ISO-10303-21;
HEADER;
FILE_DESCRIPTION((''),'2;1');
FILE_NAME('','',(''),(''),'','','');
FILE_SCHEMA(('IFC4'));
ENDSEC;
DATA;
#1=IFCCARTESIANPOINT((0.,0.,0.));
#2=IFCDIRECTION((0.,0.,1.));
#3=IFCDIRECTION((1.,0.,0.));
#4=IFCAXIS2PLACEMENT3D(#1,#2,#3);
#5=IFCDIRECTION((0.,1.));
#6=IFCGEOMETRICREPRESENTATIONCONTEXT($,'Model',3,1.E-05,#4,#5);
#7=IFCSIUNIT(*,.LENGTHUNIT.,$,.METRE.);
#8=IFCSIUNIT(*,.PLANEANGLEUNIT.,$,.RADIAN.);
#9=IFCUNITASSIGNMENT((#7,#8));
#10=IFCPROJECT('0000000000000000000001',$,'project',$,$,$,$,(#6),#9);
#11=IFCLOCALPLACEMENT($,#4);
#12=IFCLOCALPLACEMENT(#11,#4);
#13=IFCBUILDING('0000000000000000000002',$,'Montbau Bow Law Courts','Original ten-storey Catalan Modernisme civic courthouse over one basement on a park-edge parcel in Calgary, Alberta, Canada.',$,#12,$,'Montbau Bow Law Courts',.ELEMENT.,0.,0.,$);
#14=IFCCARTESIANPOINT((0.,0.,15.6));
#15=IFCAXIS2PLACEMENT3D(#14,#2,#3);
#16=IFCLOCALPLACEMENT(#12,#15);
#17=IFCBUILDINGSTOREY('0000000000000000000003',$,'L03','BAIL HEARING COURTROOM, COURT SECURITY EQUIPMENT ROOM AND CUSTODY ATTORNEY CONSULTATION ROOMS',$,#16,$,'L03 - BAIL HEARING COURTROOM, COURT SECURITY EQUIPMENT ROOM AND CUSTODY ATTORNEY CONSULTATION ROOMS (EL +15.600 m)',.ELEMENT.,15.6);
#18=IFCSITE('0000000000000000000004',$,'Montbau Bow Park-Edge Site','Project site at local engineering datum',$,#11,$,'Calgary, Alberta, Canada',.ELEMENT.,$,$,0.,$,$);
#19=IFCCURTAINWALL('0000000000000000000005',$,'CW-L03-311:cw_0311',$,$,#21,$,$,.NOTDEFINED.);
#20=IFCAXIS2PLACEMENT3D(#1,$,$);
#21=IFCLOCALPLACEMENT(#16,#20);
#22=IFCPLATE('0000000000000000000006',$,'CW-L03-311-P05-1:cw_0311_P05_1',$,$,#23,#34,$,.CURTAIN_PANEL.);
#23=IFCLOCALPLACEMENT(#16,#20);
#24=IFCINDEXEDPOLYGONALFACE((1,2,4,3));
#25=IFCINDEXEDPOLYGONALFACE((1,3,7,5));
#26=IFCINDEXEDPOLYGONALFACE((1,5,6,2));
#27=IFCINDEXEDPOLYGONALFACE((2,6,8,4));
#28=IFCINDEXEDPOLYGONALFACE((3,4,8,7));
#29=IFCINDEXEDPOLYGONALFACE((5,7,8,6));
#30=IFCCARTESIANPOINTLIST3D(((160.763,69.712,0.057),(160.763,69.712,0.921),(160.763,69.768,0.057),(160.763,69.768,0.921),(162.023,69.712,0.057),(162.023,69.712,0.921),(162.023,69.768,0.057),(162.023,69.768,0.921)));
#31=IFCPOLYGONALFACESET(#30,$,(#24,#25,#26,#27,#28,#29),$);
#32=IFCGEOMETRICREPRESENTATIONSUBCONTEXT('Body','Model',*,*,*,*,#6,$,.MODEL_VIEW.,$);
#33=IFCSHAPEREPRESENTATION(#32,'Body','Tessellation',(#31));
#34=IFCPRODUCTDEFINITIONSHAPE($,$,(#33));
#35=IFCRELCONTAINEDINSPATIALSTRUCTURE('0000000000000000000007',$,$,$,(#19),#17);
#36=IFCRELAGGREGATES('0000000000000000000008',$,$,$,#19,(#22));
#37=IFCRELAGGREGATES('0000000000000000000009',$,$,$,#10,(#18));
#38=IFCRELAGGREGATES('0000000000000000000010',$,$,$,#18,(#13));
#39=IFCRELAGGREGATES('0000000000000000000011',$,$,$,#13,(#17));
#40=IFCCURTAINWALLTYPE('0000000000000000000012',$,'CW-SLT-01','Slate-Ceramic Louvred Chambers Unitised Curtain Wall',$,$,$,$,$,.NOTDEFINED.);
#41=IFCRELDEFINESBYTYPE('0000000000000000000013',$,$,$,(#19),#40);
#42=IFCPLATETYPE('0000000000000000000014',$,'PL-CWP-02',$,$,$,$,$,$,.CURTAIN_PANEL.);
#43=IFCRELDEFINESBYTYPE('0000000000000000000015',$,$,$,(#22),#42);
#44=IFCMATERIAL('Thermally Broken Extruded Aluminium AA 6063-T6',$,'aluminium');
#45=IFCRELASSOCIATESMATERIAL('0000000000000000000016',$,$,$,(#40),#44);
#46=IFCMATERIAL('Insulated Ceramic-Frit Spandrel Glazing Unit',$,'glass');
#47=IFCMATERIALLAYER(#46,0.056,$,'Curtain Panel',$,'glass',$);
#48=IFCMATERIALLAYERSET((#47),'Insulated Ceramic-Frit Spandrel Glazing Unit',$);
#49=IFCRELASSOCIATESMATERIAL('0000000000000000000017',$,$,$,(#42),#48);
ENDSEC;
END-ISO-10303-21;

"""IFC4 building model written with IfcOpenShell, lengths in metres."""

from ifc_helpers import new_model, si_unit, direction, frame, frame_2d, origin_with_axes, place, context, subcontext, project, spatial, rectangle, extrude, material, layer, layer_set, type_object, element, aggregate, save


model = new_model("IFC4")

# Units and contexts
model_context = context("Model", 3, precision=1e-05, world=origin_with_axes(), true_north=direction((0.0, 1.0)))
body_context = subcontext(model_context, "Body", "Model", "MODEL_VIEW")
ifc_project = project(units=[si_unit("LENGTHUNIT", "METRE"), si_unit("PLANEANGLEUNIT", "RADIAN")], contexts=[model_context])

# Site, building, storey
site_placement = place(None, origin_with_axes())
site = spatial("IfcSite", under=ifc_project, at=site_placement, Name="Montbau Bow Park-Edge Site", Description="Project site at local engineering datum", LongName="Calgary, Alberta, Canada", CompositionType="ELEMENT", RefElevation=0.0)
building_placement = place(site_placement, origin_with_axes())
building = spatial("IfcBuilding", under=site, at=building_placement, Name="Montbau Bow Law Courts", Description="Original ten-storey Catalan Modernisme civic courthouse over one basement on a park-edge parcel in Calgary, Alberta, Canada.", LongName="Montbau Bow Law Courts", CompositionType="ELEMENT", ElevationOfRefHeight=0.0, ElevationOfTerrain=0.0)
storey_placement = place(building_placement, frame((0.0, 0.0, 15.6), z_axis=(0.0, 0.0, 1.0), x_axis=(1.0, 0.0, 0.0)))
storey = spatial("IfcBuildingStorey", under=building, at=storey_placement, Name="L03", Description="BAIL HEARING COURTROOM, COURT SECURITY EQUIPMENT ROOM AND CUSTODY ATTORNEY CONSULTATION ROOMS", LongName="L03 - BAIL HEARING COURTROOM, COURT SECURITY EQUIPMENT ROOM AND CUSTODY ATTORNEY CONSULTATION ROOMS (EL +15.600 m)", CompositionType="ELEMENT", Elevation=15.6)

# Curtain wall, plate
ifc_material_1 = material(Name="Thermally Broken Extruded Aluminium AA 6063-T6", Category="aluminium")
curtain_wall_type = type_object("IfcCurtainWallType", Name="CW-SLT-01", Description="Slate-Ceramic Louvred Chambers Unitised Curtain Wall", PredefinedType="NOTDEFINED", material=ifc_material_1)
curtain_wall_placement = place(None, frame((155.315, 69.74, 15.6), z_axis=(0.0, 0.0, 1.0), x_axis=(1.0, 0.0, 0.0)))
curtain_wall = element("IfcCurtainWall", 1, at=curtain_wall_placement, inside=storey, type_object=curtain_wall_type, Name="CW-L03-311:cw_0311", PredefinedType="NOTDEFINED")
ifc_material_2 = material(Name="Insulated Ceramic-Frit Spandrel Glazing Unit", Category="glass")
ifc_layer_1 = layer(ifc_material_2, 0.056, Name="Curtain Panel", Category="glass")
ifc_layer_set_1 = layer_set([ifc_layer_1], Name="Insulated Ceramic-Frit Spandrel Glazing Unit")
plate_type_1 = type_object("IfcPlateType", Name="PL-CWP-02", PredefinedType="CURTAIN_PANEL", material=ifc_layer_set_1)
plate_1_placement = place(None, frame((160.763, 69.74, 15.657), z_axis=(0.0, -1.0, 0.0), x_axis=(1.0, 0.0, 0.0)))
plate_1 = element("IfcPlate", 2, at=plate_1_placement, type_object=plate_type_1, Name="CW-L03-311-P05-1:cw_0311_P05_1", PredefinedType="CURTAIN_PANEL", context=body_context, shape_type="SweptSolid", body=[
    extrude(rectangle(XDim=1.26, YDim=0.864, at=frame_2d((0.63, 0.432), x_axis=(1.0, 0.0))), frame((0.0, 0.0, -0.028), z_axis=(0.0, 0.0, 1.0), x_axis=(1.0, 0.0, 0.0)), (0.0, 0.0, 1.0), 0.056),
])
aggregate(curtain_wall, [plate_1])

save(model, "model.ifc")
